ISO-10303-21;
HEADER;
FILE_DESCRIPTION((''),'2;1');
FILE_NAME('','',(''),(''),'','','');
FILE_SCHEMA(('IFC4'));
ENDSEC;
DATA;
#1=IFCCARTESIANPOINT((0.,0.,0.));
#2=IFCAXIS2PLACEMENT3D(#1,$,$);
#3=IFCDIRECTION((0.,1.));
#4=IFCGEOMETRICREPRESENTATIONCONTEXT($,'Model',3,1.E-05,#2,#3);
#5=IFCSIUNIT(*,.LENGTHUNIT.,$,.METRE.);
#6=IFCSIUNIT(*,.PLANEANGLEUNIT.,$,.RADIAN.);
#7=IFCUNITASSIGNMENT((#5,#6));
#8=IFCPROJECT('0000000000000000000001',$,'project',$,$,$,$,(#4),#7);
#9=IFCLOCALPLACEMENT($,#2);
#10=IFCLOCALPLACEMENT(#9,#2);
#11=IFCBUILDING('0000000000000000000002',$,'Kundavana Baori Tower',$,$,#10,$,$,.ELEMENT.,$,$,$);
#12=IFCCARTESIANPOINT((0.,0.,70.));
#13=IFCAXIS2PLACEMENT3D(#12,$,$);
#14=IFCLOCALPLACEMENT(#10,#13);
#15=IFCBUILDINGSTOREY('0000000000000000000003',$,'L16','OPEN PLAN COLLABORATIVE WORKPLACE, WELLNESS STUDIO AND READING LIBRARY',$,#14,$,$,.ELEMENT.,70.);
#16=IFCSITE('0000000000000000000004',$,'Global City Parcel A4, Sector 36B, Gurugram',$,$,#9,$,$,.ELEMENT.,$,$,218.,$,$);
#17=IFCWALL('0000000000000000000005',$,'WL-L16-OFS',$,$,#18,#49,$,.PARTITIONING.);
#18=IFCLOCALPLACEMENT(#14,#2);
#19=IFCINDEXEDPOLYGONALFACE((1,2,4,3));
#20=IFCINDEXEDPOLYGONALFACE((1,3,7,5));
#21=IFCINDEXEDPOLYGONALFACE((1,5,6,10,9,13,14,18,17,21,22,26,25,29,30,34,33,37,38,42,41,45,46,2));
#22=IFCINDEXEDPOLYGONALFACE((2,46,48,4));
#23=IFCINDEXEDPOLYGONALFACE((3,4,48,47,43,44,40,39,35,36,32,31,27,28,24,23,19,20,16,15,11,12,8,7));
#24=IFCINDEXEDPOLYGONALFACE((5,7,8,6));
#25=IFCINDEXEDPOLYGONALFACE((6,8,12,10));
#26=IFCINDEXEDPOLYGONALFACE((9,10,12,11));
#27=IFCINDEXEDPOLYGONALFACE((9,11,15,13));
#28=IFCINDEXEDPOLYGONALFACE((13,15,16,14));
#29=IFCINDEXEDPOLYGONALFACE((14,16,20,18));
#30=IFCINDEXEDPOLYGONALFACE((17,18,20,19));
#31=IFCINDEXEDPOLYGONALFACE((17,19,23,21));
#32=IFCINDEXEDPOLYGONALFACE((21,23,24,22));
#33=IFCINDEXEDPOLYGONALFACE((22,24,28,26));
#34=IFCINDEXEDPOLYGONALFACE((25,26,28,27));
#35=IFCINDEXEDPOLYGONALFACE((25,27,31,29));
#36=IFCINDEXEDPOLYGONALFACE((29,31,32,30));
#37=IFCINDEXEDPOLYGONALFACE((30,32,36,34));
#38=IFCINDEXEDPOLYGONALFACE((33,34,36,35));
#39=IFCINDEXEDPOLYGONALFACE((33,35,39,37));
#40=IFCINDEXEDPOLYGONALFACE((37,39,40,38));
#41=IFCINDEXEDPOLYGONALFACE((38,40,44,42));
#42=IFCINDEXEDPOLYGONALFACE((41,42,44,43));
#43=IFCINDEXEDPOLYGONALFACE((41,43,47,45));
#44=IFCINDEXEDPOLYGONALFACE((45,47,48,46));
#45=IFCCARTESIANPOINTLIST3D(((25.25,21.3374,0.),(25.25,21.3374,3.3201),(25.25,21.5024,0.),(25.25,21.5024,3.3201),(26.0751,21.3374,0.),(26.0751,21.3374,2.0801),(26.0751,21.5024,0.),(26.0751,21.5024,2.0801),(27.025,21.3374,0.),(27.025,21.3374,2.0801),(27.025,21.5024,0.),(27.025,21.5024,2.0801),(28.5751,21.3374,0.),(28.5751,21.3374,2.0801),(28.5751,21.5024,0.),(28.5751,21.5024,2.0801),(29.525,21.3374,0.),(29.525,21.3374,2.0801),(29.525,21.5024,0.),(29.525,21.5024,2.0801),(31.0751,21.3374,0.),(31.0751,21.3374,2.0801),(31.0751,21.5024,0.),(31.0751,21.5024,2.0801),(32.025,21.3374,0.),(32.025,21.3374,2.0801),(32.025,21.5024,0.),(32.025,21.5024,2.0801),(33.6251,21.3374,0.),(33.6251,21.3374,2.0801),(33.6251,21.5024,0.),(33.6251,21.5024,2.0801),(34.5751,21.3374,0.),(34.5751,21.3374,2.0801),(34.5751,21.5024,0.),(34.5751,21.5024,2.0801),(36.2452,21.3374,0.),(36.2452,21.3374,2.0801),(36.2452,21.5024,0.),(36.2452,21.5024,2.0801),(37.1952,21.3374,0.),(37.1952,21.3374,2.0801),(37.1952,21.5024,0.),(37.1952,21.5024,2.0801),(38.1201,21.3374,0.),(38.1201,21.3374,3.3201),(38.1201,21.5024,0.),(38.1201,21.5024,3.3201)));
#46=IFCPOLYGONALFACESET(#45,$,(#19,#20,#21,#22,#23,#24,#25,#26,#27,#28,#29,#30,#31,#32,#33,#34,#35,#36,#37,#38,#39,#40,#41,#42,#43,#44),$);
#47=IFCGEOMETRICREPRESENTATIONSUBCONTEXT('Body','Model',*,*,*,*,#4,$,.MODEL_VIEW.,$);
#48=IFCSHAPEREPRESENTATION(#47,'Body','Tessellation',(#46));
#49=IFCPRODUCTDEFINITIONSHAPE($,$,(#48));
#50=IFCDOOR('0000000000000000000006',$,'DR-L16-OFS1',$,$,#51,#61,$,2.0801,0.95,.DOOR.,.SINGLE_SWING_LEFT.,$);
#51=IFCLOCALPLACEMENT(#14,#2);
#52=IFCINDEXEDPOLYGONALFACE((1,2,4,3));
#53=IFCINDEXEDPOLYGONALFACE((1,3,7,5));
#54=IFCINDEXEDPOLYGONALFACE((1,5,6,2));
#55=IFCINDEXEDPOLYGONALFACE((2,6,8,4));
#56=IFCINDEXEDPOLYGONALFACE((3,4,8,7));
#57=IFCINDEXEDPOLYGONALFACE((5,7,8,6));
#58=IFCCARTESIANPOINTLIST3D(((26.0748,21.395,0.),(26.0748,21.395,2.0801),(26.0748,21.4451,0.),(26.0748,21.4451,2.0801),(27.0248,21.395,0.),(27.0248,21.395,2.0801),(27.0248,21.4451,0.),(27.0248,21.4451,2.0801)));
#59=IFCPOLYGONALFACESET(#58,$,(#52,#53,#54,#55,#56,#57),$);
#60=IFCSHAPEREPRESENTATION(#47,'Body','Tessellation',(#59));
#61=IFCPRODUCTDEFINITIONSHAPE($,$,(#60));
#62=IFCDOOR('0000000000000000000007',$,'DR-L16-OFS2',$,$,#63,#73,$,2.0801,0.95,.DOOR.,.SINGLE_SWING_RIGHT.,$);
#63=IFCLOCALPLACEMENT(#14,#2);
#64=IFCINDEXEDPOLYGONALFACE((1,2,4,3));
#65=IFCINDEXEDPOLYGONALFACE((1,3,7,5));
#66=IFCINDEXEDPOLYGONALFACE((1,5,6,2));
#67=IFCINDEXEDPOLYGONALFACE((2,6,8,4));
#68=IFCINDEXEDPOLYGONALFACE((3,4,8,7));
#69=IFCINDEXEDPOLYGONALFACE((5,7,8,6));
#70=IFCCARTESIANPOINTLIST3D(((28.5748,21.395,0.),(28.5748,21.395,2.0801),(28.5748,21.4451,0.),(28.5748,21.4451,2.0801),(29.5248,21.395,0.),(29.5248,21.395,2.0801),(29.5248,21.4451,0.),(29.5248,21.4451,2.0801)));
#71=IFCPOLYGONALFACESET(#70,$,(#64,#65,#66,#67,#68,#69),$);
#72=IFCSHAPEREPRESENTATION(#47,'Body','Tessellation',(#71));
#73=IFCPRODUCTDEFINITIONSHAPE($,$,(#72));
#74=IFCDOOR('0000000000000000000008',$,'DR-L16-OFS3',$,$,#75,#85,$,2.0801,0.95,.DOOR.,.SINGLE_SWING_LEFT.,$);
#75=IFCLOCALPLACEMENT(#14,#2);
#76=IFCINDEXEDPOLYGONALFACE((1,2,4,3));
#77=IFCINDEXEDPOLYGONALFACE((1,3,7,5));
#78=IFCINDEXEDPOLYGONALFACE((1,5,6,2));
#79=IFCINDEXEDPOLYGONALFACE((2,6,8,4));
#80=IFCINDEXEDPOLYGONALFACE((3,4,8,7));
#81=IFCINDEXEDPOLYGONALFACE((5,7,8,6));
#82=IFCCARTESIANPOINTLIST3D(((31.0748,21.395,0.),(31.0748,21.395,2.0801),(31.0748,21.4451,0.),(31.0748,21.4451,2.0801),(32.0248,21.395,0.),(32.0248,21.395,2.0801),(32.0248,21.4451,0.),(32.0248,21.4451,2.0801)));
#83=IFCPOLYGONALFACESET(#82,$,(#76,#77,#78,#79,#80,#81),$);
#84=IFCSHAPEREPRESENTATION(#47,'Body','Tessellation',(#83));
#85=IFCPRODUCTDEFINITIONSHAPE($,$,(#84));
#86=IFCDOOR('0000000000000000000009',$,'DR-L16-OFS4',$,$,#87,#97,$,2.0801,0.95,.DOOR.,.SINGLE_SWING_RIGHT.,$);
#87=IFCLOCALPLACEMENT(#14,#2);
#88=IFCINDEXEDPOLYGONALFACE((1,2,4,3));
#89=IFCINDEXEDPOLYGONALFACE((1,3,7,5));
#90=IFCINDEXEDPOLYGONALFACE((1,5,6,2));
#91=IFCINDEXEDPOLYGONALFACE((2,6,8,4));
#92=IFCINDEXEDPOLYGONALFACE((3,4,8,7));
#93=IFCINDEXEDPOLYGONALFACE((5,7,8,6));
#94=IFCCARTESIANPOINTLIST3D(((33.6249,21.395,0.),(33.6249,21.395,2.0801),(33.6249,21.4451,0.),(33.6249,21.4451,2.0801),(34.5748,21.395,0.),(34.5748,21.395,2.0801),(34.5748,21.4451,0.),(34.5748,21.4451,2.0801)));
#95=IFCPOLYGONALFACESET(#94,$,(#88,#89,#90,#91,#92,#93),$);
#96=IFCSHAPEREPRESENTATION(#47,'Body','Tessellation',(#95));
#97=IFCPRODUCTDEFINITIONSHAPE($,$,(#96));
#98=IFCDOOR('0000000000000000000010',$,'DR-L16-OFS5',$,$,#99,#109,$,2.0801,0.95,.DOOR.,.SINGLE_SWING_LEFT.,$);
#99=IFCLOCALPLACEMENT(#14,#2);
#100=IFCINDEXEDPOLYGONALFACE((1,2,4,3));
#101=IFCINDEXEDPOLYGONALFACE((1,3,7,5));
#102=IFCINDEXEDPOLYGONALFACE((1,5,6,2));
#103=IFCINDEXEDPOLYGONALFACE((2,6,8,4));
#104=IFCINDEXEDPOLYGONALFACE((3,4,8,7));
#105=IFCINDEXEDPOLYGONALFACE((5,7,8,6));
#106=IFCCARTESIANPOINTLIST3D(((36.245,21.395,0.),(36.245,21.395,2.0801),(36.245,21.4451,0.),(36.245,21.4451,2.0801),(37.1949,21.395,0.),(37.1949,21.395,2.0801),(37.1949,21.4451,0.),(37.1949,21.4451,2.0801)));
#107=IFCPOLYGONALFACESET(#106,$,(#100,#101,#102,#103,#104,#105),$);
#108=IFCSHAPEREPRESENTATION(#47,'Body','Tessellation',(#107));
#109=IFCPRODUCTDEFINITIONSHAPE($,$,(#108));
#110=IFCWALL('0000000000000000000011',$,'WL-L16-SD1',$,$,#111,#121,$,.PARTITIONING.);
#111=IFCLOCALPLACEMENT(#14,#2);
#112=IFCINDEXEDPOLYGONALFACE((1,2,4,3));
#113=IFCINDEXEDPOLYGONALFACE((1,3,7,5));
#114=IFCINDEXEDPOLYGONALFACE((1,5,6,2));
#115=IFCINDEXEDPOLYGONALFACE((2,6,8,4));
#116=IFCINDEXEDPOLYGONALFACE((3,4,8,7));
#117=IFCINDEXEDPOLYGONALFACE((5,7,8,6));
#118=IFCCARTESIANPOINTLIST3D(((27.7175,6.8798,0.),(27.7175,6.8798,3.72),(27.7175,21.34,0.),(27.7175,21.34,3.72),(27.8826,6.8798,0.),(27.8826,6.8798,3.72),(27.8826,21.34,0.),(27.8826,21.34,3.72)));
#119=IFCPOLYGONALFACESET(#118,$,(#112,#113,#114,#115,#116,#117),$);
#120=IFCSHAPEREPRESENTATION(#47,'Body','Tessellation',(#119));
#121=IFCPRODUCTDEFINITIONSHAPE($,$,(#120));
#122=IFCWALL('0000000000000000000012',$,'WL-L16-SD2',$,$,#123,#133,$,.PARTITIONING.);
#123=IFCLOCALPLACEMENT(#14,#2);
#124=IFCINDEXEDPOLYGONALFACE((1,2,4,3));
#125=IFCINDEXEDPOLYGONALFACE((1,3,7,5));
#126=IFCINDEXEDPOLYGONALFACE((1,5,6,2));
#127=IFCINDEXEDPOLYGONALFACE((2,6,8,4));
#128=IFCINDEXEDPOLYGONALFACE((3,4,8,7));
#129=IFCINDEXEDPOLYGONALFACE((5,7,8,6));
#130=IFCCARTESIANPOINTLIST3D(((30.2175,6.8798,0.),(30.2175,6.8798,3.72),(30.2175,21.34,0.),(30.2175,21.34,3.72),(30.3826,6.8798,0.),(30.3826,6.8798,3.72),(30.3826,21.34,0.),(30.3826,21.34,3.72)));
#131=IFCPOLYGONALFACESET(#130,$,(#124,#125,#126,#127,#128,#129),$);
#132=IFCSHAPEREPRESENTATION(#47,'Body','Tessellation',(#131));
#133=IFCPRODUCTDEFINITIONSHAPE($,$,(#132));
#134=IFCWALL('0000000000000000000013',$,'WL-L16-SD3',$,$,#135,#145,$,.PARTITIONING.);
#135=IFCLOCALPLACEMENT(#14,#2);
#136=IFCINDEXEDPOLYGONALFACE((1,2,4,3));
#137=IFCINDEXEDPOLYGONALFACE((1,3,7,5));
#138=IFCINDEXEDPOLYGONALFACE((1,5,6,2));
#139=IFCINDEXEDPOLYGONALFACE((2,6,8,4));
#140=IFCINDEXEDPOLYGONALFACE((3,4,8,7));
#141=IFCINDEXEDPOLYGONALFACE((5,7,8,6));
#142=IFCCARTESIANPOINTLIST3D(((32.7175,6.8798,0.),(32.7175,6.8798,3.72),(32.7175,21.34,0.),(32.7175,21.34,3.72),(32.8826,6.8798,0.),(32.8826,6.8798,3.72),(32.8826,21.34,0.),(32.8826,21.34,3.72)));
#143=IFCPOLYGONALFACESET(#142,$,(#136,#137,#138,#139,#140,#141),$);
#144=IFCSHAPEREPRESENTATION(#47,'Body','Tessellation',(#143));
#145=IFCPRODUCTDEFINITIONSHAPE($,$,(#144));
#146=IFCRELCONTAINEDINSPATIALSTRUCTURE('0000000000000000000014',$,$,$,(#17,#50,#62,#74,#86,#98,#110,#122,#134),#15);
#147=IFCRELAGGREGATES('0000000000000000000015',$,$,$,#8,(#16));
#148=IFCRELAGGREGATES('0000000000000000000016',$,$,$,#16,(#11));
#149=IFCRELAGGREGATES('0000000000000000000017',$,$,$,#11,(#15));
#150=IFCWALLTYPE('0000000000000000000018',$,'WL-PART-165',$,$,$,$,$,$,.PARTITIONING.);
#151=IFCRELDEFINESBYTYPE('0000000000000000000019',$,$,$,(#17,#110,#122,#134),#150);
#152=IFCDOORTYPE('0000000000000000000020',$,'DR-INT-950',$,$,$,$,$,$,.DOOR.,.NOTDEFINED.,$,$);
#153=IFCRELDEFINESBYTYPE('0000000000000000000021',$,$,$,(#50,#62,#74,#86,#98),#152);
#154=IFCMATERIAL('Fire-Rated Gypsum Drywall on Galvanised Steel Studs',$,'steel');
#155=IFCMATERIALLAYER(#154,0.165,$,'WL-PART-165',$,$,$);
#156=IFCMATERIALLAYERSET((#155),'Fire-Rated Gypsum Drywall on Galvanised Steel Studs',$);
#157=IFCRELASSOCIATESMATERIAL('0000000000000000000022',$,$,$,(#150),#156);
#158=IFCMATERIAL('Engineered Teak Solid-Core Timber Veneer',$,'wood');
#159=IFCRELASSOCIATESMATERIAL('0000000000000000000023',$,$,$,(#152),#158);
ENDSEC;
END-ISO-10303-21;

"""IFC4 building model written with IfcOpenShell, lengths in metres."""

from ifc_helpers import new_model, si_unit, direction, frame, frame_2d, origin, place, context, subcontext, project, spatial, rectangle, extrude, material, layer, layer_set, type_object, element, fill, save


model = new_model("IFC4")

# Units and contexts
model_context = context("Model", 3, precision=1e-05, world=origin(), true_north=direction((0.0, 1.0)))
body_context = subcontext(model_context, "Body", "Model", "MODEL_VIEW")
ifc_project = project(units=[si_unit("LENGTHUNIT", "METRE"), si_unit("PLANEANGLEUNIT", "RADIAN")], contexts=[model_context])

# Site, building, storey
site_placement = place(None, origin())
site = spatial("IfcSite", under=ifc_project, at=site_placement, Name="Global City Parcel A4, Sector 36B, Gurugram", CompositionType="ELEMENT", RefElevation=218.0)
building_placement = place(site_placement, origin())
building = spatial("IfcBuilding", under=site, at=building_placement, Name="Kundavana Baori Tower", CompositionType="ELEMENT")
storey_placement = place(building_placement, frame((0.0, 0.0, 70.0)))
storey = spatial("IfcBuildingStorey", under=building, at=storey_placement, Name="L16", Description="OPEN PLAN COLLABORATIVE WORKPLACE, WELLNESS STUDIO AND READING LIBRARY", CompositionType="ELEMENT", Elevation=70.0)

# Wall, openings, doors
ifc_material_1 = material(Name="Fire-Rated Gypsum Drywall on Galvanised Steel Studs", Category="steel")
ifc_layer = layer(ifc_material_1, 0.165, Name="WL-PART-165")
ifc_layer_set = layer_set([ifc_layer], Name="Fire-Rated Gypsum Drywall on Galvanised Steel Studs")
wall_type = type_object("IfcWallType", Name="WL-PART-165", PredefinedType="PARTITIONING", material=ifc_layer_set)
wall_placement = place(storey_placement, frame((25.25, 21.4199, 0.0), z_axis=(0.0, 0.0, 1.0), x_axis=(1.0, 0.0, 0.0)))
wall = element("IfcWall", 1, at=wall_placement, inside=storey, type_object=wall_type, Name="WL-L16-OFS", PredefinedType="PARTITIONING", context=body_context, shape_type="SweptSolid", body=[
    extrude(rectangle(XDim=12.8701, YDim=0.165, at=frame_2d((6.4351, 0.0))), origin(), (0.0, 0.0, 1.0), 3.3201),
])
opening_1_placement = place(wall_placement, frame((0.825, 0.0, 0.0)))
opening_1 = element("IfcOpeningElement", 2, at=opening_1_placement, cuts=wall, PredefinedType="OPENING", context=body_context, shape_type="SweptSolid", body=[
    extrude(rectangle(XDim=0.95, YDim=2.0801, at=frame_2d((0.4751, 1.04))), frame((0.0, 0.0925, 0.0), z_axis=(0.0, -1.0, 0.0), x_axis=(1.0, 0.0, 0.0)), (0.0, 0.0, 1.0), 0.1851),
])
opening_2_placement = place(wall_placement, frame((3.325, 0.0, 0.0)))
opening_2 = element("IfcOpeningElement", 3, at=opening_2_placement, cuts=wall, PredefinedType="OPENING", context=body_context, shape_type="SweptSolid", body=[
    extrude(rectangle(XDim=0.95, YDim=2.0801, at=frame_2d((0.4751, 1.04))), frame((0.0, 0.0925, 0.0), z_axis=(0.0, -1.0, 0.0), x_axis=(1.0, 0.0, 0.0)), (0.0, 0.0, 1.0), 0.1851),
])
opening_3_placement = place(wall_placement, frame((5.825, 0.0, 0.0)))
opening_3 = element("IfcOpeningElement", 4, at=opening_3_placement, cuts=wall, PredefinedType="OPENING", context=body_context, shape_type="SweptSolid", body=[
    extrude(rectangle(XDim=0.95, YDim=2.0801, at=frame_2d((0.4751, 1.04))), frame((0.0, 0.0925, 0.0), z_axis=(0.0, -1.0, 0.0), x_axis=(1.0, 0.0, 0.0)), (0.0, 0.0, 1.0), 0.1851),
])
opening_4_placement = place(wall_placement, frame((8.375, 0.0, 0.0)))
opening_4 = element("IfcOpeningElement", 5, at=opening_4_placement, cuts=wall, PredefinedType="OPENING", context=body_context, shape_type="SweptSolid", body=[
    extrude(rectangle(XDim=0.95, YDim=2.0801, at=frame_2d((0.4751, 1.04))), frame((0.0, 0.0925, 0.0), z_axis=(0.0, -1.0, 0.0), x_axis=(1.0, 0.0, 0.0)), (0.0, 0.0, 1.0), 0.1851),
])
opening_5_placement = place(wall_placement, frame((10.9951, 0.0, 0.0)))
opening_5 = element("IfcOpeningElement", 6, at=opening_5_placement, cuts=wall, PredefinedType="OPENING", context=body_context, shape_type="SweptSolid", body=[
    extrude(rectangle(XDim=0.95, YDim=2.0801, at=frame_2d((0.4751, 1.04))), frame((0.0, 0.0925, 0.0), z_axis=(0.0, -1.0, 0.0), x_axis=(1.0, 0.0, 0.0)), (0.0, 0.0, 1.0), 0.1851),
])
ifc_material_2 = material(Name="Engineered Teak Solid-Core Timber Veneer", Category="wood")
door_type = type_object("IfcDoorType", Name="DR-INT-950", OperationType="NOTDEFINED", PredefinedType="DOOR", material=ifc_material_2)
door_1_placement = place(opening_1_placement, frame((0.95, 0.0, 0.0), z_axis=(0.0, 0.0, 1.0), x_axis=(-1.0, 0.0, 0.0)))
door_1 = element("IfcDoor", 7, at=door_1_placement, inside=storey, type_object=door_type, Name="DR-L16-OFS1", OperationType="SINGLE_SWING_LEFT", OverallHeight=2.0801, OverallWidth=0.95, PredefinedType="DOOR", context=body_context, shape_type="SweptSolid", body=[
    extrude(rectangle(XDim=0.95, YDim=2.0801, at=frame_2d((0.4751, 1.04))), frame((0.0, 0.0249, 0.0), z_axis=(0.0, -1.0, 0.0), x_axis=(1.0, 0.0, 0.0)), (0.0, 0.0, 1.0), 0.05),
])
fill(opening_1, door_1)
door_2_placement = place(opening_2_placement, frame((0.95, 0.0, 0.0), z_axis=(0.0, 0.0, 1.0), x_axis=(-1.0, 0.0, 0.0)))
door_2 = element("IfcDoor", 8, at=door_2_placement, inside=storey, type_object=door_type, Name="DR-L16-OFS2", OperationType="SINGLE_SWING_RIGHT", OverallHeight=2.0801, OverallWidth=0.95, PredefinedType="DOOR", context=body_context, shape_type="SweptSolid", body=[
    extrude(rectangle(XDim=0.95, YDim=2.0801, at=frame_2d((0.4751, 1.04))), frame((0.0, 0.0249, 0.0), z_axis=(0.0, -1.0, 0.0), x_axis=(1.0, 0.0, 0.0)), (0.0, 0.0, 1.0), 0.05),
])
fill(opening_2, door_2)
door_3_placement = place(opening_3_placement, frame((0.95, 0.0, 0.0), z_axis=(0.0, 0.0, 1.0), x_axis=(-1.0, 0.0, 0.0)))
door_3 = element("IfcDoor", 9, at=door_3_placement, inside=storey, type_object=door_type, Name="DR-L16-OFS3", OperationType="SINGLE_SWING_LEFT", OverallHeight=2.0801, OverallWidth=0.95, PredefinedType="DOOR", context=body_context, shape_type="SweptSolid", body=[
    extrude(rectangle(XDim=0.95, YDim=2.0801, at=frame_2d((0.4751, 1.04))), frame((0.0, 0.0249, 0.0), z_axis=(0.0, -1.0, 0.0), x_axis=(1.0, 0.0, 0.0)), (0.0, 0.0, 1.0), 0.05),
])
fill(opening_3, door_3)
door_4_placement = place(opening_4_placement, frame((0.95, 0.0, 0.0), z_axis=(0.0, 0.0, 1.0), x_axis=(-1.0, 0.0, 0.0)))
door_4 = element("IfcDoor", 10, at=door_4_placement, inside=storey, type_object=door_type, Name="DR-L16-OFS4", OperationType="SINGLE_SWING_RIGHT", OverallHeight=2.0801, OverallWidth=0.95, PredefinedType="DOOR", context=body_context, shape_type="SweptSolid", body=[
    extrude(rectangle(XDim=0.95, YDim=2.0801, at=frame_2d((0.4751, 1.04))), frame((0.0, 0.0249, 0.0), z_axis=(0.0, -1.0, 0.0), x_axis=(1.0, 0.0, 0.0)), (0.0, 0.0, 1.0), 0.05),
])
fill(opening_4, door_4)
door_5_placement = place(opening_5_placement, frame((0.95, 0.0, 0.0), z_axis=(0.0, 0.0, 1.0), x_axis=(-1.0, 0.0, 0.0)))
door_5 = element("IfcDoor", 11, at=door_5_placement, inside=storey, type_object=door_type, Name="DR-L16-OFS5", OperationType="SINGLE_SWING_LEFT", OverallHeight=2.0801, OverallWidth=0.95, PredefinedType="DOOR", context=body_context, shape_type="SweptSolid", body=[
    extrude(rectangle(XDim=0.95, YDim=2.0801, at=frame_2d((0.4751, 1.04))), frame((0.0, 0.0249, 0.0), z_axis=(0.0, -1.0, 0.0), x_axis=(1.0, 0.0, 0.0)), (0.0, 0.0, 1.0), 0.05),
])
fill(opening_5, door_5)

# Walls
for number, where, z_axis, x_axis, name in (
    (12, (27.8, 6.8799, 0.0), (0.0, 0.0, 1.0), (0.0, 1.0, 0.0), "WL-L16-SD1"),
    (13, (30.3, 6.8799, 0.0), (0.0, 0.0, 1.0), (0.0, 1.0, 0.0), "WL-L16-SD2"),
    (14, (32.8, 6.8799, 0.0), (0.0, 0.0, 1.0), (0.0, 1.0, 0.0), "WL-L16-SD3"),
):
    element("IfcWall", number, at=place(storey_placement, frame(where, z_axis=z_axis, x_axis=x_axis)), inside=storey, type_object=wall_type, Name=name, PredefinedType="PARTITIONING", context=body_context, shape_type="SweptSolid", body=[
        extrude(rectangle(XDim=14.4602, YDim=0.165, at=frame_2d((7.23, 0.0))), origin(), (0.0, 0.0, 1.0), 3.72),
    ])

save(model, "model.ifc")
